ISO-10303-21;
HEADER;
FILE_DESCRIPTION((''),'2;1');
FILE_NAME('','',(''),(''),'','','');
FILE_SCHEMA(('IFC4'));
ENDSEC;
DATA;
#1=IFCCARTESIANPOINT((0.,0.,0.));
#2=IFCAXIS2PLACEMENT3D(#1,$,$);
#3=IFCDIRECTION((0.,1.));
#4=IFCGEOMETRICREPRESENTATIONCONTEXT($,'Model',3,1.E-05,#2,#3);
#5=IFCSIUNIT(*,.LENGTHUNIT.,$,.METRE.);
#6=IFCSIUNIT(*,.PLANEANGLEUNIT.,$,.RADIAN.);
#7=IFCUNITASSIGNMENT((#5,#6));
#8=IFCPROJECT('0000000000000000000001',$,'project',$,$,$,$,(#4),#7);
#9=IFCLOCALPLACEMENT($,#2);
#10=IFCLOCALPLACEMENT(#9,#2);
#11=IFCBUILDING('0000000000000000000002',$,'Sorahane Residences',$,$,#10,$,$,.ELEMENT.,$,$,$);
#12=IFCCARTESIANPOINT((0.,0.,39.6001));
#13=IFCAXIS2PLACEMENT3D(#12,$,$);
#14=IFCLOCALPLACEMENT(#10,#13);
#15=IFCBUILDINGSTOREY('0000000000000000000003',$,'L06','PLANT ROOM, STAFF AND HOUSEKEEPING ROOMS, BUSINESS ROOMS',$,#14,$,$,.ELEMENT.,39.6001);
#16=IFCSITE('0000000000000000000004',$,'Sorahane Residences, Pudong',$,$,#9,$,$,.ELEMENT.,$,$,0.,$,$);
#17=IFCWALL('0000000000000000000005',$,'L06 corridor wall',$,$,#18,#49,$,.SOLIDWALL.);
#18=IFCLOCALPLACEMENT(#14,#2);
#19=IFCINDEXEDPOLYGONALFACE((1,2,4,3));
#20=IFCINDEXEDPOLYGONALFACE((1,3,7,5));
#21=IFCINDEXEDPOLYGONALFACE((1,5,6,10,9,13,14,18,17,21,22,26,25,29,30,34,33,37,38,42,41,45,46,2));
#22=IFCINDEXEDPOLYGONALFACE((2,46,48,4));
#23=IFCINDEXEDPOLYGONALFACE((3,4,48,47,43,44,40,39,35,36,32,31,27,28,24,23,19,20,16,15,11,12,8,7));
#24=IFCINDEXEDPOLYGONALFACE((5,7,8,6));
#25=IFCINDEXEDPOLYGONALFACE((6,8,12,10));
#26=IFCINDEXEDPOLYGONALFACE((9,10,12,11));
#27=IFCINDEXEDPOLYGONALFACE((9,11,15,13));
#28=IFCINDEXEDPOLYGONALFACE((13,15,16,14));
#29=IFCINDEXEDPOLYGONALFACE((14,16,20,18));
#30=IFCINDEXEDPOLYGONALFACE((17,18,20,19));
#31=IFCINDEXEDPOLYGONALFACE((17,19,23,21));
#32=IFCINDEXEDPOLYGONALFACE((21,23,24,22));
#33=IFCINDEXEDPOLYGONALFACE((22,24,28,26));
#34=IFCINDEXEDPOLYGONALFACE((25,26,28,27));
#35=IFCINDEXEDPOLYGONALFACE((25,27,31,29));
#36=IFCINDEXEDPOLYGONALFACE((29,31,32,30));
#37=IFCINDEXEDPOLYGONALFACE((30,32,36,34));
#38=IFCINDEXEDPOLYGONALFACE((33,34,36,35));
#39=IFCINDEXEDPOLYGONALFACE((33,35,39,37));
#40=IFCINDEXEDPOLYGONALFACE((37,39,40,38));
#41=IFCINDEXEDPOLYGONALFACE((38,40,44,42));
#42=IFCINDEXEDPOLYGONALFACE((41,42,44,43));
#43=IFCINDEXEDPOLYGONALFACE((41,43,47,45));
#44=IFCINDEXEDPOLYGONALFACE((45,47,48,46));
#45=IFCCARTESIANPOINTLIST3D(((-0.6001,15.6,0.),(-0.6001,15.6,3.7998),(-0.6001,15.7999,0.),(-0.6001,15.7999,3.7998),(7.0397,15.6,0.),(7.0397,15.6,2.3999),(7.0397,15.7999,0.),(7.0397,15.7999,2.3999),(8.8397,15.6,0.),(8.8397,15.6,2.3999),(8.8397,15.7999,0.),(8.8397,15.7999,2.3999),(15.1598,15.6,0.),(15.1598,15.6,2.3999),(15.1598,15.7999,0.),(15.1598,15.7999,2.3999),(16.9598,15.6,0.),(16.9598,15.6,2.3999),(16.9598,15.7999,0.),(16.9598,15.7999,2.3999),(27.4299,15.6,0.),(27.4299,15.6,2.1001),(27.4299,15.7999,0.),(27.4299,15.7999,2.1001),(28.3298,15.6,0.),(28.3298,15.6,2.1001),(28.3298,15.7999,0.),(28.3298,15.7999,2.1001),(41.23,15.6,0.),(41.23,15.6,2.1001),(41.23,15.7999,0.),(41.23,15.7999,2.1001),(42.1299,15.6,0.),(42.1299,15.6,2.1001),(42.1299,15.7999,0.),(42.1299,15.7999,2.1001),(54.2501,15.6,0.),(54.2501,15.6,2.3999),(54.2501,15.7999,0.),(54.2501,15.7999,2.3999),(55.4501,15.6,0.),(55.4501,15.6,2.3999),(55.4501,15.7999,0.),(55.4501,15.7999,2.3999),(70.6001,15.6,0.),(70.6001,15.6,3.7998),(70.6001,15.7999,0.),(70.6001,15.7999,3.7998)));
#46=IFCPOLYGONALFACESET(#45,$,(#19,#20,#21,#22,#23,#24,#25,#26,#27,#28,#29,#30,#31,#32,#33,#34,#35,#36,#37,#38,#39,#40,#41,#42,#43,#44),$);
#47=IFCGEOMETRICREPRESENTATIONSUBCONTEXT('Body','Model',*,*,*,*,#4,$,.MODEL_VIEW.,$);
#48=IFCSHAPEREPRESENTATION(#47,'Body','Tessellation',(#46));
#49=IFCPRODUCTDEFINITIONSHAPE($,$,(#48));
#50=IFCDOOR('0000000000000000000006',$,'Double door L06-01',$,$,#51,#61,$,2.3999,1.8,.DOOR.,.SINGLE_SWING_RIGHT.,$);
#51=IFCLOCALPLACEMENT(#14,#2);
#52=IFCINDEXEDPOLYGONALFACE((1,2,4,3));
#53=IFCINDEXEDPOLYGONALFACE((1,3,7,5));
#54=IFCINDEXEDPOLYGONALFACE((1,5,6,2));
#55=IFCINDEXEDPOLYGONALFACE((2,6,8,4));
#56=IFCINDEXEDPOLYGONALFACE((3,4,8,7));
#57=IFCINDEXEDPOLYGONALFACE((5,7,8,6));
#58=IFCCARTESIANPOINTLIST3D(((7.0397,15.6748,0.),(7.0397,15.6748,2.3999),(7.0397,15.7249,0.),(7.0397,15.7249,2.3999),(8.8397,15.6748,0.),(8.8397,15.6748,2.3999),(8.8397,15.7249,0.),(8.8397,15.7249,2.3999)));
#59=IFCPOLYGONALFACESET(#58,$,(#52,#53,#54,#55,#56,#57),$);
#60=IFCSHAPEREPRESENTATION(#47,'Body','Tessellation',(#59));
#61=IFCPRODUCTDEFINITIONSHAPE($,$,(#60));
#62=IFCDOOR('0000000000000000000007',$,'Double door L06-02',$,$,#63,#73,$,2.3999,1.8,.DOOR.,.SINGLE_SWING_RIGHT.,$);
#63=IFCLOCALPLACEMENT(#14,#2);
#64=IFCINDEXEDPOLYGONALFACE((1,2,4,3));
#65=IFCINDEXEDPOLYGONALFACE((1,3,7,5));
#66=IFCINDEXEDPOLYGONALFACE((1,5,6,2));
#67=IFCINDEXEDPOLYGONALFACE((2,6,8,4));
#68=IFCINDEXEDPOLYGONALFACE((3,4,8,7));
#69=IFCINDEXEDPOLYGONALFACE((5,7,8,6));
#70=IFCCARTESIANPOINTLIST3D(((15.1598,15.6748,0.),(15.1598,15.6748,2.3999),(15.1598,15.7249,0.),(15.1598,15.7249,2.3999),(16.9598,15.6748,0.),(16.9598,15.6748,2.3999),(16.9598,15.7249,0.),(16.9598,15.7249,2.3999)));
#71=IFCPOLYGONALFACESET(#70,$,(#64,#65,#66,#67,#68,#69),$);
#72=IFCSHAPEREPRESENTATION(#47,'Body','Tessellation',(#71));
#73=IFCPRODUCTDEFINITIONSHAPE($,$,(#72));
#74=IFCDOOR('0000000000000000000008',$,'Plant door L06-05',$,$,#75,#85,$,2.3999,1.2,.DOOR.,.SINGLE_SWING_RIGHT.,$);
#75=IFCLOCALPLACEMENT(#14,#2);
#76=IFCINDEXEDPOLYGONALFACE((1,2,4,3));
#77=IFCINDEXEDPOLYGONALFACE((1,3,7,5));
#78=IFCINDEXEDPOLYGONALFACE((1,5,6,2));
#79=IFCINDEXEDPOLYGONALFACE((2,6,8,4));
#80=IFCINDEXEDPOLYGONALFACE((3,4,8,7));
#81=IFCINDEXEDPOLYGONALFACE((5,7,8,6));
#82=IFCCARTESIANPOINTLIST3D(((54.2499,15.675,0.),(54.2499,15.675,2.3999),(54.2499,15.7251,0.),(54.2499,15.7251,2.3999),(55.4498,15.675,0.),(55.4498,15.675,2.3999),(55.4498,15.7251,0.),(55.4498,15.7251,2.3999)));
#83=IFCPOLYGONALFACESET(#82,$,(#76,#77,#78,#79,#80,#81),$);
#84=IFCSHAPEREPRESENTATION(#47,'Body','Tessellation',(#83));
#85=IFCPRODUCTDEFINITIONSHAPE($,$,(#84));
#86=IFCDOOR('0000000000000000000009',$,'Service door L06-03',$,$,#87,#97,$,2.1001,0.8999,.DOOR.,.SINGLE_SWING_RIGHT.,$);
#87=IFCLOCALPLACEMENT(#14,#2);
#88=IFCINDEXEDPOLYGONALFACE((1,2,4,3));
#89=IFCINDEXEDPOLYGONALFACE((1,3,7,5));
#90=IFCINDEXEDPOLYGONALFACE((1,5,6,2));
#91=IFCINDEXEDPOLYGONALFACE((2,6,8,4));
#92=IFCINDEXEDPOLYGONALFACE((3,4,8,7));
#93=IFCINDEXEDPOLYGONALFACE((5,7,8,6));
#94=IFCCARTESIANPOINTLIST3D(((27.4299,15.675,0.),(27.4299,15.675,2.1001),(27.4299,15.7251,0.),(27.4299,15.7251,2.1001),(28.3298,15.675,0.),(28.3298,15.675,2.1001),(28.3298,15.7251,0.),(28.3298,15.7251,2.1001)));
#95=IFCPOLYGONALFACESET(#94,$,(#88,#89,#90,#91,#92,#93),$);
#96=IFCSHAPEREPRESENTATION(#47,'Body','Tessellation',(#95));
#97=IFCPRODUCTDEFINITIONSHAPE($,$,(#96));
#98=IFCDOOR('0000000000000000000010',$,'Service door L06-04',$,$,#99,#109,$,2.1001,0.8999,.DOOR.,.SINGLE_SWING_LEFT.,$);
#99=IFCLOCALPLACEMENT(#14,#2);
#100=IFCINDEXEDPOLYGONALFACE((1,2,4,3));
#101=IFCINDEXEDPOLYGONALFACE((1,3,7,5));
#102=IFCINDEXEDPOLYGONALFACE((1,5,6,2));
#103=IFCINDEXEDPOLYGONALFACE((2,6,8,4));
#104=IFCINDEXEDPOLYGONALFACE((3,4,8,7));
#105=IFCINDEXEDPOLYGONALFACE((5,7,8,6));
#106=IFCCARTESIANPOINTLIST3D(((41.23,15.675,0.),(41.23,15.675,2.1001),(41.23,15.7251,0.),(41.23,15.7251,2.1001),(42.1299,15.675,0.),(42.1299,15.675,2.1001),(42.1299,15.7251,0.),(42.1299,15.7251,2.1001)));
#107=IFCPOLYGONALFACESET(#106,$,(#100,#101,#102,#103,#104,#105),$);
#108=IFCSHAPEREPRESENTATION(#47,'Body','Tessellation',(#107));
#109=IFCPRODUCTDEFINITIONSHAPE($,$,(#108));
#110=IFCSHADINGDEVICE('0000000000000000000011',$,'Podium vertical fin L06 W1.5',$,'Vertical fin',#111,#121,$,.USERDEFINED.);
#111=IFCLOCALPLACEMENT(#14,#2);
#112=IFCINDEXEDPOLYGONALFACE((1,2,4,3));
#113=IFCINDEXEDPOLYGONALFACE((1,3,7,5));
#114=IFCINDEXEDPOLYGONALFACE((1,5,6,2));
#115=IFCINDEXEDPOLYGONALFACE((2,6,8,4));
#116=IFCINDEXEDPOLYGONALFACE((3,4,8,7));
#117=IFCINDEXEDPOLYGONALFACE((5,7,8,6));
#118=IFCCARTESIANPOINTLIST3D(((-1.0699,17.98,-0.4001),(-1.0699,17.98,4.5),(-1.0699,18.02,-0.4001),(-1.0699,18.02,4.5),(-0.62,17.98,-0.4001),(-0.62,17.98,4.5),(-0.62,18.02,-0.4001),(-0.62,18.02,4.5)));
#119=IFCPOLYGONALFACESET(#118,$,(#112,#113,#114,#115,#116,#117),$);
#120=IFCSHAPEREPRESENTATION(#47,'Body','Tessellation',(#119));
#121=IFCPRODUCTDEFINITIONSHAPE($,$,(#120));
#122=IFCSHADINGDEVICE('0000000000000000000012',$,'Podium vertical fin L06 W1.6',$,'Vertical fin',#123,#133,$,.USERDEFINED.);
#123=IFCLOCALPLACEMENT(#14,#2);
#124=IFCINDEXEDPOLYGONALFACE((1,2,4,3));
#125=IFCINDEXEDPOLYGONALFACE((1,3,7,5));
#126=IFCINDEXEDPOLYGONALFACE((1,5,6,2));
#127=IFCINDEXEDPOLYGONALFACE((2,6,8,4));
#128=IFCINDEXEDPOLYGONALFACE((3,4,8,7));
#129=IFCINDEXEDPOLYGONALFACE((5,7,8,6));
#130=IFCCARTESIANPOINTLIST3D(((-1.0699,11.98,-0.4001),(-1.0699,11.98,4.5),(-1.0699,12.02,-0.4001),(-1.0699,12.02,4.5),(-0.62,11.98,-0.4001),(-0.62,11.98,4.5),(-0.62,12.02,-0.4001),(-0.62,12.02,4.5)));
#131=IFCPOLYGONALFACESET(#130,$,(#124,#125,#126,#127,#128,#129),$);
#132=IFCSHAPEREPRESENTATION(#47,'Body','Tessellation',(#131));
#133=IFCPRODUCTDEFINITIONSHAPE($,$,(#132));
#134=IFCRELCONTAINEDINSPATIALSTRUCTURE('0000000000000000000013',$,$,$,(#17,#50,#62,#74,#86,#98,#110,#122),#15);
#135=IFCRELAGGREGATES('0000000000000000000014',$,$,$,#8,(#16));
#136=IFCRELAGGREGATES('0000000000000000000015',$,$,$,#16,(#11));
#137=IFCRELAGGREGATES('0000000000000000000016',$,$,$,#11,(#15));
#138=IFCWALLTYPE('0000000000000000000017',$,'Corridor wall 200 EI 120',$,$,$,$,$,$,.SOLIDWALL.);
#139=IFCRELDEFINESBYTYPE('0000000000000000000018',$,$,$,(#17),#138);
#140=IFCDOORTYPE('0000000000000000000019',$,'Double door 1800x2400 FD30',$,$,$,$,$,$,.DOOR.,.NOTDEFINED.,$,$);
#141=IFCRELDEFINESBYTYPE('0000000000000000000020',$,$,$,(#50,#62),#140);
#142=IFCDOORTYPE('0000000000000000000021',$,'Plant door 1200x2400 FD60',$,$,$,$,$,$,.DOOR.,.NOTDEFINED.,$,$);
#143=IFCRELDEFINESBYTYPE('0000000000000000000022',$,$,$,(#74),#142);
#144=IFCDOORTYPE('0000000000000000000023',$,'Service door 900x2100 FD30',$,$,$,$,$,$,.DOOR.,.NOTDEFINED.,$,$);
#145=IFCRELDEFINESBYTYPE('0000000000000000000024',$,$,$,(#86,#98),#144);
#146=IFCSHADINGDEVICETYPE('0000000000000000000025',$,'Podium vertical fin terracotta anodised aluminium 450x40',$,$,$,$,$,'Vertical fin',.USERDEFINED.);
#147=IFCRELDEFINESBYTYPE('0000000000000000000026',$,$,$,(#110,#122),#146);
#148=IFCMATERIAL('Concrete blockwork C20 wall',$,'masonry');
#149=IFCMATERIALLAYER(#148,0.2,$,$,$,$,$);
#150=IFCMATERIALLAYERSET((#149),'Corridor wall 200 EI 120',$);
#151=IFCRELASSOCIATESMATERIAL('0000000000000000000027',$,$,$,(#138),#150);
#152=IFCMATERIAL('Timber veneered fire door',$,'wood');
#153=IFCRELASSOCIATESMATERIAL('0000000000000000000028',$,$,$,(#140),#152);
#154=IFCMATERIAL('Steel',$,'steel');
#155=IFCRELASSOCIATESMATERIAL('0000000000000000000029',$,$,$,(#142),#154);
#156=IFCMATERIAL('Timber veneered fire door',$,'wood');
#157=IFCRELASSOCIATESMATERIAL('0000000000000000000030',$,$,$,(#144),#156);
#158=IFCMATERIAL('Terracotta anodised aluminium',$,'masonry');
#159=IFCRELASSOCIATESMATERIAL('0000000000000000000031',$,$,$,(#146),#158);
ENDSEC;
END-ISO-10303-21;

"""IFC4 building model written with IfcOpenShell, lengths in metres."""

from ifc_helpers import new_model, si_unit, direction, frame, frame_2d, origin, origin_2d, place, context, subcontext, project, spatial, rectangle, extrude, material, layer, layer_set, material_profile, profile_set, type_object, element, fill, save


model = new_model("IFC4")

# Units and contexts
model_context = context("Model", 3, precision=1e-05, world=origin(), true_north=direction((0.0, 1.0)))
body_context = subcontext(model_context, "Body", "Model", "MODEL_VIEW")
ifc_project = project(units=[si_unit("LENGTHUNIT", "METRE"), si_unit("PLANEANGLEUNIT", "RADIAN")], contexts=[model_context])

# Site, building, storey
site_placement = place(None, origin())
site = spatial("IfcSite", under=ifc_project, at=site_placement, Name="Sorahane Residences, Pudong", CompositionType="ELEMENT", RefElevation=0.0)
building_placement = place(site_placement, origin())
building = spatial("IfcBuilding", under=site, at=building_placement, Name="Sorahane Residences", CompositionType="ELEMENT")
storey_placement = place(building_placement, frame((0.0, 0.0, 39.6001)))
storey = spatial("IfcBuildingStorey", under=building, at=storey_placement, Name="L06", Description="PLANT ROOM, STAFF AND HOUSEKEEPING ROOMS, BUSINESS ROOMS", CompositionType="ELEMENT", Elevation=39.6001)

# Shared definitions
ifc_material_1 = material(Name="Concrete blockwork C20 wall", Category="masonry")
ifc_layer_1 = layer(ifc_material_1, 0.2)
ifc_layer_set_1 = layer_set([ifc_layer_1], Name="Corridor wall 200 EI 120")
wall_type = type_object("IfcWallType", Name="Corridor wall 200 EI 120", PredefinedType="SOLIDWALL", material=ifc_layer_set_1)

# Wall, openings, doors
wall_1_placement = place(storey_placement, frame((-0.6001, 15.7, 0.0), z_axis=(0.0, 0.0, 1.0), x_axis=(1.0, 0.0, 0.0)))
wall_1 = element("IfcWall", 1, at=wall_1_placement, inside=storey, type_object=wall_type, Name="L06 corridor wall", PredefinedType="SOLIDWALL", context=body_context, shape_type="SweptSolid", body=[
    extrude(rectangle(XDim=71.2002, YDim=0.2, at=frame_2d((35.6001, 0.0))), origin(), (0.0, 0.0, 1.0), 3.7998),
])
opening_1_placement = place(wall_1_placement, frame((7.6399, 0.0, 0.0)))
opening_1 = element("IfcOpeningElement", 2, at=opening_1_placement, cuts=wall_1, PredefinedType="OPENING", context=body_context, shape_type="SweptSolid", body=[
    extrude(rectangle(XDim=1.8, YDim=2.3999, at=frame_2d((0.8999, 1.2))), frame((0.0, 0.1099, 0.0), z_axis=(0.0, -1.0, 0.0), x_axis=(1.0, 0.0, 0.0)), (0.0, 0.0, 1.0), 0.22),
])
opening_2_placement = place(wall_1_placement, frame((15.76, 0.0, 0.0)))
opening_2 = element("IfcOpeningElement", 3, at=opening_2_placement, cuts=wall_1, PredefinedType="OPENING", context=body_context, shape_type="SweptSolid", body=[
    extrude(rectangle(XDim=1.8, YDim=2.3999, at=frame_2d((0.8999, 1.2))), frame((0.0, 0.1099, 0.0), z_axis=(0.0, -1.0, 0.0), x_axis=(1.0, 0.0, 0.0)), (0.0, 0.0, 1.0), 0.22),
])
opening_3_placement = place(wall_1_placement, frame((28.03, 0.0, 0.0)))
opening_3 = element("IfcOpeningElement", 4, at=opening_3_placement, cuts=wall_1, PredefinedType="OPENING", context=body_context, shape_type="SweptSolid", body=[
    extrude(rectangle(XDim=0.8999, YDim=2.1001, at=frame_2d((0.45, 1.05))), frame((0.0, 0.1099, 0.0), z_axis=(0.0, -1.0, 0.0), x_axis=(1.0, 0.0, 0.0)), (0.0, 0.0, 1.0), 0.22),
])
opening_4_placement = place(wall_1_placement, frame((41.8301, 0.0, 0.0)))
opening_4 = element("IfcOpeningElement", 5, at=opening_4_placement, cuts=wall_1, PredefinedType="OPENING", context=body_context, shape_type="SweptSolid", body=[
    extrude(rectangle(XDim=0.8999, YDim=2.1001, at=frame_2d((0.45, 1.05))), frame((0.0, 0.1099, 0.0), z_axis=(0.0, -1.0, 0.0), x_axis=(1.0, 0.0, 0.0)), (0.0, 0.0, 1.0), 0.22),
])
opening_5_placement = place(wall_1_placement, frame((54.8501, 0.0, 0.0)))
opening_5 = element("IfcOpeningElement", 6, at=opening_5_placement, cuts=wall_1, PredefinedType="OPENING", context=body_context, shape_type="SweptSolid", body=[
    extrude(rectangle(XDim=1.2, YDim=2.3999, at=frame_2d((0.6001, 1.2))), frame((0.0, 0.1099, 0.0), z_axis=(0.0, -1.0, 0.0), x_axis=(1.0, 0.0, 0.0)), (0.0, 0.0, 1.0), 0.22),
])
ifc_material_2 = material(Name="Timber veneered fire door", Category="wood")
door_type_1 = type_object("IfcDoorType", Name="Double door 1800x2400 FD30", OperationType="NOTDEFINED", PredefinedType="DOOR", material=ifc_material_2)
door_1_placement = place(opening_1_placement, origin())
door_1 = element("IfcDoor", 7, at=door_1_placement, inside=storey, type_object=door_type_1, Name="Double door L06-01", OperationType="SINGLE_SWING_RIGHT", OverallHeight=2.3999, OverallWidth=1.8, PredefinedType="DOOR", context=body_context, shape_type="SweptSolid", body=[
    extrude(rectangle(XDim=1.8, YDim=2.3999, at=frame_2d((0.8999, 1.2))), frame((0.0, 0.0249, 0.0), z_axis=(0.0, -1.0, 0.0), x_axis=(1.0, 0.0, 0.0)), (0.0, 0.0, 1.0), 0.05),
])
fill(opening_1, door_1)
door_2_placement = place(opening_2_placement, origin())
door_2 = element("IfcDoor", 8, at=door_2_placement, inside=storey, type_object=door_type_1, Name="Double door L06-02", OperationType="SINGLE_SWING_RIGHT", OverallHeight=2.3999, OverallWidth=1.8, PredefinedType="DOOR", context=body_context, shape_type="SweptSolid", body=[
    extrude(rectangle(XDim=1.8, YDim=2.3999, at=frame_2d((0.8999, 1.2))), frame((0.0, 0.0249, 0.0), z_axis=(0.0, -1.0, 0.0), x_axis=(1.0, 0.0, 0.0)), (0.0, 0.0, 1.0), 0.05),
])
fill(opening_2, door_2)
ifc_material_3 = material(Name="Steel", Category="steel")
door_type_2 = type_object("IfcDoorType", Name="Plant door 1200x2400 FD60", OperationType="NOTDEFINED", PredefinedType="DOOR", material=ifc_material_3)
door_3_placement = place(opening_5_placement, frame((1.2, 0.0, 0.0), z_axis=(0.0, 0.0, 1.0), x_axis=(-1.0, 0.0, 0.0)))
door_3 = element("IfcDoor", 9, at=door_3_placement, inside=storey, type_object=door_type_2, Name="Plant door L06-05", OperationType="SINGLE_SWING_RIGHT", OverallHeight=2.3999, OverallWidth=1.2, PredefinedType="DOOR", context=body_context, shape_type="SweptSolid", body=[
    extrude(rectangle(XDim=1.2, YDim=2.3999, at=frame_2d((0.6001, 1.2))), frame((0.0, 0.0249, 0.0), z_axis=(0.0, -1.0, 0.0), x_axis=(1.0, 0.0, 0.0)), (0.0, 0.0, 1.0), 0.05),
])
fill(opening_5, door_3)
ifc_material_4 = material(Name="Timber veneered fire door", Category="wood")
door_type_3 = type_object("IfcDoorType", Name="Service door 900x2100 FD30", OperationType="NOTDEFINED", PredefinedType="DOOR", material=ifc_material_4)
door_4_placement = place(opening_3_placement, frame((0.8999, 0.0, 0.0), z_axis=(0.0, 0.0, 1.0), x_axis=(-1.0, 0.0, 0.0)))
door_4 = element("IfcDoor", 10, at=door_4_placement, inside=storey, type_object=door_type_3, Name="Service door L06-03", OperationType="SINGLE_SWING_RIGHT", OverallHeight=2.1001, OverallWidth=0.8999, PredefinedType="DOOR", context=body_context, shape_type="SweptSolid", body=[
    extrude(rectangle(XDim=0.8999, YDim=2.1001, at=frame_2d((0.45, 1.05))), frame((0.0, 0.0249, 0.0), z_axis=(0.0, -1.0, 0.0), x_axis=(1.0, 0.0, 0.0)), (0.0, 0.0, 1.0), 0.05),
])
fill(opening_3, door_4)
door_5_placement = place(opening_4_placement, frame((0.8999, 0.0, 0.0), z_axis=(0.0, 0.0, 1.0), x_axis=(-1.0, 0.0, 0.0)))
door_5 = element("IfcDoor", 11, at=door_5_placement, inside=storey, type_object=door_type_3, Name="Service door L06-04", OperationType="SINGLE_SWING_LEFT", OverallHeight=2.1001, OverallWidth=0.8999, PredefinedType="DOOR", context=body_context, shape_type="SweptSolid", body=[
    extrude(rectangle(XDim=0.8999, YDim=2.1001, at=frame_2d((0.45, 1.05))), frame((0.0, 0.0249, 0.0), z_axis=(0.0, -1.0, 0.0), x_axis=(1.0, 0.0, 0.0)), (0.0, 0.0, 1.0), 0.05),
])
fill(opening_4, door_5)

# Shading devices
ifc_material_5 = material(Name="Terracotta anodised aluminium", Category="masonry")
ifc_material_profile_1 = material_profile(ifc_material_5, rectangle(XDim=0.45, YDim=0.04, at=origin_2d()), Name="Podium vertical fin terracotta anodised aluminium 450x40")
ifc_profile_set_1 = profile_set([ifc_material_profile_1], Name="Terracotta anodised aluminium")
shading_device_type = type_object("IfcShadingDeviceType", Name="Podium vertical fin terracotta anodised aluminium 450x40", ElementType="Vertical fin", PredefinedType="USERDEFINED", material=ifc_profile_set_1)
for number, where, z_axis, x_axis, name in (
    (12, (-0.845, 18.0, -0.4001), (0.0, 0.0, 1.0), (-1.0, 0.0, 0.0), "Podium vertical fin L06 W1.5"),
    (13, (-0.845, 12.0, -0.4001), (0.0, 0.0, 1.0), (-1.0, 0.0, 0.0), "Podium vertical fin L06 W1.6"),
):
    element("IfcShadingDevice", number, at=place(storey_placement, frame(where, z_axis=z_axis, x_axis=x_axis)), inside=storey, type_object=shading_device_type, Name=name, ObjectType="Vertical fin", PredefinedType="USERDEFINED", context=body_context, shape_type="SweptSolid", body=[
        extrude(rectangle(XDim=0.45, YDim=0.04, at=origin_2d()), origin(), (0.0, 0.0, 1.0), 4.9001),
    ])

save(model, "model.ifc")
